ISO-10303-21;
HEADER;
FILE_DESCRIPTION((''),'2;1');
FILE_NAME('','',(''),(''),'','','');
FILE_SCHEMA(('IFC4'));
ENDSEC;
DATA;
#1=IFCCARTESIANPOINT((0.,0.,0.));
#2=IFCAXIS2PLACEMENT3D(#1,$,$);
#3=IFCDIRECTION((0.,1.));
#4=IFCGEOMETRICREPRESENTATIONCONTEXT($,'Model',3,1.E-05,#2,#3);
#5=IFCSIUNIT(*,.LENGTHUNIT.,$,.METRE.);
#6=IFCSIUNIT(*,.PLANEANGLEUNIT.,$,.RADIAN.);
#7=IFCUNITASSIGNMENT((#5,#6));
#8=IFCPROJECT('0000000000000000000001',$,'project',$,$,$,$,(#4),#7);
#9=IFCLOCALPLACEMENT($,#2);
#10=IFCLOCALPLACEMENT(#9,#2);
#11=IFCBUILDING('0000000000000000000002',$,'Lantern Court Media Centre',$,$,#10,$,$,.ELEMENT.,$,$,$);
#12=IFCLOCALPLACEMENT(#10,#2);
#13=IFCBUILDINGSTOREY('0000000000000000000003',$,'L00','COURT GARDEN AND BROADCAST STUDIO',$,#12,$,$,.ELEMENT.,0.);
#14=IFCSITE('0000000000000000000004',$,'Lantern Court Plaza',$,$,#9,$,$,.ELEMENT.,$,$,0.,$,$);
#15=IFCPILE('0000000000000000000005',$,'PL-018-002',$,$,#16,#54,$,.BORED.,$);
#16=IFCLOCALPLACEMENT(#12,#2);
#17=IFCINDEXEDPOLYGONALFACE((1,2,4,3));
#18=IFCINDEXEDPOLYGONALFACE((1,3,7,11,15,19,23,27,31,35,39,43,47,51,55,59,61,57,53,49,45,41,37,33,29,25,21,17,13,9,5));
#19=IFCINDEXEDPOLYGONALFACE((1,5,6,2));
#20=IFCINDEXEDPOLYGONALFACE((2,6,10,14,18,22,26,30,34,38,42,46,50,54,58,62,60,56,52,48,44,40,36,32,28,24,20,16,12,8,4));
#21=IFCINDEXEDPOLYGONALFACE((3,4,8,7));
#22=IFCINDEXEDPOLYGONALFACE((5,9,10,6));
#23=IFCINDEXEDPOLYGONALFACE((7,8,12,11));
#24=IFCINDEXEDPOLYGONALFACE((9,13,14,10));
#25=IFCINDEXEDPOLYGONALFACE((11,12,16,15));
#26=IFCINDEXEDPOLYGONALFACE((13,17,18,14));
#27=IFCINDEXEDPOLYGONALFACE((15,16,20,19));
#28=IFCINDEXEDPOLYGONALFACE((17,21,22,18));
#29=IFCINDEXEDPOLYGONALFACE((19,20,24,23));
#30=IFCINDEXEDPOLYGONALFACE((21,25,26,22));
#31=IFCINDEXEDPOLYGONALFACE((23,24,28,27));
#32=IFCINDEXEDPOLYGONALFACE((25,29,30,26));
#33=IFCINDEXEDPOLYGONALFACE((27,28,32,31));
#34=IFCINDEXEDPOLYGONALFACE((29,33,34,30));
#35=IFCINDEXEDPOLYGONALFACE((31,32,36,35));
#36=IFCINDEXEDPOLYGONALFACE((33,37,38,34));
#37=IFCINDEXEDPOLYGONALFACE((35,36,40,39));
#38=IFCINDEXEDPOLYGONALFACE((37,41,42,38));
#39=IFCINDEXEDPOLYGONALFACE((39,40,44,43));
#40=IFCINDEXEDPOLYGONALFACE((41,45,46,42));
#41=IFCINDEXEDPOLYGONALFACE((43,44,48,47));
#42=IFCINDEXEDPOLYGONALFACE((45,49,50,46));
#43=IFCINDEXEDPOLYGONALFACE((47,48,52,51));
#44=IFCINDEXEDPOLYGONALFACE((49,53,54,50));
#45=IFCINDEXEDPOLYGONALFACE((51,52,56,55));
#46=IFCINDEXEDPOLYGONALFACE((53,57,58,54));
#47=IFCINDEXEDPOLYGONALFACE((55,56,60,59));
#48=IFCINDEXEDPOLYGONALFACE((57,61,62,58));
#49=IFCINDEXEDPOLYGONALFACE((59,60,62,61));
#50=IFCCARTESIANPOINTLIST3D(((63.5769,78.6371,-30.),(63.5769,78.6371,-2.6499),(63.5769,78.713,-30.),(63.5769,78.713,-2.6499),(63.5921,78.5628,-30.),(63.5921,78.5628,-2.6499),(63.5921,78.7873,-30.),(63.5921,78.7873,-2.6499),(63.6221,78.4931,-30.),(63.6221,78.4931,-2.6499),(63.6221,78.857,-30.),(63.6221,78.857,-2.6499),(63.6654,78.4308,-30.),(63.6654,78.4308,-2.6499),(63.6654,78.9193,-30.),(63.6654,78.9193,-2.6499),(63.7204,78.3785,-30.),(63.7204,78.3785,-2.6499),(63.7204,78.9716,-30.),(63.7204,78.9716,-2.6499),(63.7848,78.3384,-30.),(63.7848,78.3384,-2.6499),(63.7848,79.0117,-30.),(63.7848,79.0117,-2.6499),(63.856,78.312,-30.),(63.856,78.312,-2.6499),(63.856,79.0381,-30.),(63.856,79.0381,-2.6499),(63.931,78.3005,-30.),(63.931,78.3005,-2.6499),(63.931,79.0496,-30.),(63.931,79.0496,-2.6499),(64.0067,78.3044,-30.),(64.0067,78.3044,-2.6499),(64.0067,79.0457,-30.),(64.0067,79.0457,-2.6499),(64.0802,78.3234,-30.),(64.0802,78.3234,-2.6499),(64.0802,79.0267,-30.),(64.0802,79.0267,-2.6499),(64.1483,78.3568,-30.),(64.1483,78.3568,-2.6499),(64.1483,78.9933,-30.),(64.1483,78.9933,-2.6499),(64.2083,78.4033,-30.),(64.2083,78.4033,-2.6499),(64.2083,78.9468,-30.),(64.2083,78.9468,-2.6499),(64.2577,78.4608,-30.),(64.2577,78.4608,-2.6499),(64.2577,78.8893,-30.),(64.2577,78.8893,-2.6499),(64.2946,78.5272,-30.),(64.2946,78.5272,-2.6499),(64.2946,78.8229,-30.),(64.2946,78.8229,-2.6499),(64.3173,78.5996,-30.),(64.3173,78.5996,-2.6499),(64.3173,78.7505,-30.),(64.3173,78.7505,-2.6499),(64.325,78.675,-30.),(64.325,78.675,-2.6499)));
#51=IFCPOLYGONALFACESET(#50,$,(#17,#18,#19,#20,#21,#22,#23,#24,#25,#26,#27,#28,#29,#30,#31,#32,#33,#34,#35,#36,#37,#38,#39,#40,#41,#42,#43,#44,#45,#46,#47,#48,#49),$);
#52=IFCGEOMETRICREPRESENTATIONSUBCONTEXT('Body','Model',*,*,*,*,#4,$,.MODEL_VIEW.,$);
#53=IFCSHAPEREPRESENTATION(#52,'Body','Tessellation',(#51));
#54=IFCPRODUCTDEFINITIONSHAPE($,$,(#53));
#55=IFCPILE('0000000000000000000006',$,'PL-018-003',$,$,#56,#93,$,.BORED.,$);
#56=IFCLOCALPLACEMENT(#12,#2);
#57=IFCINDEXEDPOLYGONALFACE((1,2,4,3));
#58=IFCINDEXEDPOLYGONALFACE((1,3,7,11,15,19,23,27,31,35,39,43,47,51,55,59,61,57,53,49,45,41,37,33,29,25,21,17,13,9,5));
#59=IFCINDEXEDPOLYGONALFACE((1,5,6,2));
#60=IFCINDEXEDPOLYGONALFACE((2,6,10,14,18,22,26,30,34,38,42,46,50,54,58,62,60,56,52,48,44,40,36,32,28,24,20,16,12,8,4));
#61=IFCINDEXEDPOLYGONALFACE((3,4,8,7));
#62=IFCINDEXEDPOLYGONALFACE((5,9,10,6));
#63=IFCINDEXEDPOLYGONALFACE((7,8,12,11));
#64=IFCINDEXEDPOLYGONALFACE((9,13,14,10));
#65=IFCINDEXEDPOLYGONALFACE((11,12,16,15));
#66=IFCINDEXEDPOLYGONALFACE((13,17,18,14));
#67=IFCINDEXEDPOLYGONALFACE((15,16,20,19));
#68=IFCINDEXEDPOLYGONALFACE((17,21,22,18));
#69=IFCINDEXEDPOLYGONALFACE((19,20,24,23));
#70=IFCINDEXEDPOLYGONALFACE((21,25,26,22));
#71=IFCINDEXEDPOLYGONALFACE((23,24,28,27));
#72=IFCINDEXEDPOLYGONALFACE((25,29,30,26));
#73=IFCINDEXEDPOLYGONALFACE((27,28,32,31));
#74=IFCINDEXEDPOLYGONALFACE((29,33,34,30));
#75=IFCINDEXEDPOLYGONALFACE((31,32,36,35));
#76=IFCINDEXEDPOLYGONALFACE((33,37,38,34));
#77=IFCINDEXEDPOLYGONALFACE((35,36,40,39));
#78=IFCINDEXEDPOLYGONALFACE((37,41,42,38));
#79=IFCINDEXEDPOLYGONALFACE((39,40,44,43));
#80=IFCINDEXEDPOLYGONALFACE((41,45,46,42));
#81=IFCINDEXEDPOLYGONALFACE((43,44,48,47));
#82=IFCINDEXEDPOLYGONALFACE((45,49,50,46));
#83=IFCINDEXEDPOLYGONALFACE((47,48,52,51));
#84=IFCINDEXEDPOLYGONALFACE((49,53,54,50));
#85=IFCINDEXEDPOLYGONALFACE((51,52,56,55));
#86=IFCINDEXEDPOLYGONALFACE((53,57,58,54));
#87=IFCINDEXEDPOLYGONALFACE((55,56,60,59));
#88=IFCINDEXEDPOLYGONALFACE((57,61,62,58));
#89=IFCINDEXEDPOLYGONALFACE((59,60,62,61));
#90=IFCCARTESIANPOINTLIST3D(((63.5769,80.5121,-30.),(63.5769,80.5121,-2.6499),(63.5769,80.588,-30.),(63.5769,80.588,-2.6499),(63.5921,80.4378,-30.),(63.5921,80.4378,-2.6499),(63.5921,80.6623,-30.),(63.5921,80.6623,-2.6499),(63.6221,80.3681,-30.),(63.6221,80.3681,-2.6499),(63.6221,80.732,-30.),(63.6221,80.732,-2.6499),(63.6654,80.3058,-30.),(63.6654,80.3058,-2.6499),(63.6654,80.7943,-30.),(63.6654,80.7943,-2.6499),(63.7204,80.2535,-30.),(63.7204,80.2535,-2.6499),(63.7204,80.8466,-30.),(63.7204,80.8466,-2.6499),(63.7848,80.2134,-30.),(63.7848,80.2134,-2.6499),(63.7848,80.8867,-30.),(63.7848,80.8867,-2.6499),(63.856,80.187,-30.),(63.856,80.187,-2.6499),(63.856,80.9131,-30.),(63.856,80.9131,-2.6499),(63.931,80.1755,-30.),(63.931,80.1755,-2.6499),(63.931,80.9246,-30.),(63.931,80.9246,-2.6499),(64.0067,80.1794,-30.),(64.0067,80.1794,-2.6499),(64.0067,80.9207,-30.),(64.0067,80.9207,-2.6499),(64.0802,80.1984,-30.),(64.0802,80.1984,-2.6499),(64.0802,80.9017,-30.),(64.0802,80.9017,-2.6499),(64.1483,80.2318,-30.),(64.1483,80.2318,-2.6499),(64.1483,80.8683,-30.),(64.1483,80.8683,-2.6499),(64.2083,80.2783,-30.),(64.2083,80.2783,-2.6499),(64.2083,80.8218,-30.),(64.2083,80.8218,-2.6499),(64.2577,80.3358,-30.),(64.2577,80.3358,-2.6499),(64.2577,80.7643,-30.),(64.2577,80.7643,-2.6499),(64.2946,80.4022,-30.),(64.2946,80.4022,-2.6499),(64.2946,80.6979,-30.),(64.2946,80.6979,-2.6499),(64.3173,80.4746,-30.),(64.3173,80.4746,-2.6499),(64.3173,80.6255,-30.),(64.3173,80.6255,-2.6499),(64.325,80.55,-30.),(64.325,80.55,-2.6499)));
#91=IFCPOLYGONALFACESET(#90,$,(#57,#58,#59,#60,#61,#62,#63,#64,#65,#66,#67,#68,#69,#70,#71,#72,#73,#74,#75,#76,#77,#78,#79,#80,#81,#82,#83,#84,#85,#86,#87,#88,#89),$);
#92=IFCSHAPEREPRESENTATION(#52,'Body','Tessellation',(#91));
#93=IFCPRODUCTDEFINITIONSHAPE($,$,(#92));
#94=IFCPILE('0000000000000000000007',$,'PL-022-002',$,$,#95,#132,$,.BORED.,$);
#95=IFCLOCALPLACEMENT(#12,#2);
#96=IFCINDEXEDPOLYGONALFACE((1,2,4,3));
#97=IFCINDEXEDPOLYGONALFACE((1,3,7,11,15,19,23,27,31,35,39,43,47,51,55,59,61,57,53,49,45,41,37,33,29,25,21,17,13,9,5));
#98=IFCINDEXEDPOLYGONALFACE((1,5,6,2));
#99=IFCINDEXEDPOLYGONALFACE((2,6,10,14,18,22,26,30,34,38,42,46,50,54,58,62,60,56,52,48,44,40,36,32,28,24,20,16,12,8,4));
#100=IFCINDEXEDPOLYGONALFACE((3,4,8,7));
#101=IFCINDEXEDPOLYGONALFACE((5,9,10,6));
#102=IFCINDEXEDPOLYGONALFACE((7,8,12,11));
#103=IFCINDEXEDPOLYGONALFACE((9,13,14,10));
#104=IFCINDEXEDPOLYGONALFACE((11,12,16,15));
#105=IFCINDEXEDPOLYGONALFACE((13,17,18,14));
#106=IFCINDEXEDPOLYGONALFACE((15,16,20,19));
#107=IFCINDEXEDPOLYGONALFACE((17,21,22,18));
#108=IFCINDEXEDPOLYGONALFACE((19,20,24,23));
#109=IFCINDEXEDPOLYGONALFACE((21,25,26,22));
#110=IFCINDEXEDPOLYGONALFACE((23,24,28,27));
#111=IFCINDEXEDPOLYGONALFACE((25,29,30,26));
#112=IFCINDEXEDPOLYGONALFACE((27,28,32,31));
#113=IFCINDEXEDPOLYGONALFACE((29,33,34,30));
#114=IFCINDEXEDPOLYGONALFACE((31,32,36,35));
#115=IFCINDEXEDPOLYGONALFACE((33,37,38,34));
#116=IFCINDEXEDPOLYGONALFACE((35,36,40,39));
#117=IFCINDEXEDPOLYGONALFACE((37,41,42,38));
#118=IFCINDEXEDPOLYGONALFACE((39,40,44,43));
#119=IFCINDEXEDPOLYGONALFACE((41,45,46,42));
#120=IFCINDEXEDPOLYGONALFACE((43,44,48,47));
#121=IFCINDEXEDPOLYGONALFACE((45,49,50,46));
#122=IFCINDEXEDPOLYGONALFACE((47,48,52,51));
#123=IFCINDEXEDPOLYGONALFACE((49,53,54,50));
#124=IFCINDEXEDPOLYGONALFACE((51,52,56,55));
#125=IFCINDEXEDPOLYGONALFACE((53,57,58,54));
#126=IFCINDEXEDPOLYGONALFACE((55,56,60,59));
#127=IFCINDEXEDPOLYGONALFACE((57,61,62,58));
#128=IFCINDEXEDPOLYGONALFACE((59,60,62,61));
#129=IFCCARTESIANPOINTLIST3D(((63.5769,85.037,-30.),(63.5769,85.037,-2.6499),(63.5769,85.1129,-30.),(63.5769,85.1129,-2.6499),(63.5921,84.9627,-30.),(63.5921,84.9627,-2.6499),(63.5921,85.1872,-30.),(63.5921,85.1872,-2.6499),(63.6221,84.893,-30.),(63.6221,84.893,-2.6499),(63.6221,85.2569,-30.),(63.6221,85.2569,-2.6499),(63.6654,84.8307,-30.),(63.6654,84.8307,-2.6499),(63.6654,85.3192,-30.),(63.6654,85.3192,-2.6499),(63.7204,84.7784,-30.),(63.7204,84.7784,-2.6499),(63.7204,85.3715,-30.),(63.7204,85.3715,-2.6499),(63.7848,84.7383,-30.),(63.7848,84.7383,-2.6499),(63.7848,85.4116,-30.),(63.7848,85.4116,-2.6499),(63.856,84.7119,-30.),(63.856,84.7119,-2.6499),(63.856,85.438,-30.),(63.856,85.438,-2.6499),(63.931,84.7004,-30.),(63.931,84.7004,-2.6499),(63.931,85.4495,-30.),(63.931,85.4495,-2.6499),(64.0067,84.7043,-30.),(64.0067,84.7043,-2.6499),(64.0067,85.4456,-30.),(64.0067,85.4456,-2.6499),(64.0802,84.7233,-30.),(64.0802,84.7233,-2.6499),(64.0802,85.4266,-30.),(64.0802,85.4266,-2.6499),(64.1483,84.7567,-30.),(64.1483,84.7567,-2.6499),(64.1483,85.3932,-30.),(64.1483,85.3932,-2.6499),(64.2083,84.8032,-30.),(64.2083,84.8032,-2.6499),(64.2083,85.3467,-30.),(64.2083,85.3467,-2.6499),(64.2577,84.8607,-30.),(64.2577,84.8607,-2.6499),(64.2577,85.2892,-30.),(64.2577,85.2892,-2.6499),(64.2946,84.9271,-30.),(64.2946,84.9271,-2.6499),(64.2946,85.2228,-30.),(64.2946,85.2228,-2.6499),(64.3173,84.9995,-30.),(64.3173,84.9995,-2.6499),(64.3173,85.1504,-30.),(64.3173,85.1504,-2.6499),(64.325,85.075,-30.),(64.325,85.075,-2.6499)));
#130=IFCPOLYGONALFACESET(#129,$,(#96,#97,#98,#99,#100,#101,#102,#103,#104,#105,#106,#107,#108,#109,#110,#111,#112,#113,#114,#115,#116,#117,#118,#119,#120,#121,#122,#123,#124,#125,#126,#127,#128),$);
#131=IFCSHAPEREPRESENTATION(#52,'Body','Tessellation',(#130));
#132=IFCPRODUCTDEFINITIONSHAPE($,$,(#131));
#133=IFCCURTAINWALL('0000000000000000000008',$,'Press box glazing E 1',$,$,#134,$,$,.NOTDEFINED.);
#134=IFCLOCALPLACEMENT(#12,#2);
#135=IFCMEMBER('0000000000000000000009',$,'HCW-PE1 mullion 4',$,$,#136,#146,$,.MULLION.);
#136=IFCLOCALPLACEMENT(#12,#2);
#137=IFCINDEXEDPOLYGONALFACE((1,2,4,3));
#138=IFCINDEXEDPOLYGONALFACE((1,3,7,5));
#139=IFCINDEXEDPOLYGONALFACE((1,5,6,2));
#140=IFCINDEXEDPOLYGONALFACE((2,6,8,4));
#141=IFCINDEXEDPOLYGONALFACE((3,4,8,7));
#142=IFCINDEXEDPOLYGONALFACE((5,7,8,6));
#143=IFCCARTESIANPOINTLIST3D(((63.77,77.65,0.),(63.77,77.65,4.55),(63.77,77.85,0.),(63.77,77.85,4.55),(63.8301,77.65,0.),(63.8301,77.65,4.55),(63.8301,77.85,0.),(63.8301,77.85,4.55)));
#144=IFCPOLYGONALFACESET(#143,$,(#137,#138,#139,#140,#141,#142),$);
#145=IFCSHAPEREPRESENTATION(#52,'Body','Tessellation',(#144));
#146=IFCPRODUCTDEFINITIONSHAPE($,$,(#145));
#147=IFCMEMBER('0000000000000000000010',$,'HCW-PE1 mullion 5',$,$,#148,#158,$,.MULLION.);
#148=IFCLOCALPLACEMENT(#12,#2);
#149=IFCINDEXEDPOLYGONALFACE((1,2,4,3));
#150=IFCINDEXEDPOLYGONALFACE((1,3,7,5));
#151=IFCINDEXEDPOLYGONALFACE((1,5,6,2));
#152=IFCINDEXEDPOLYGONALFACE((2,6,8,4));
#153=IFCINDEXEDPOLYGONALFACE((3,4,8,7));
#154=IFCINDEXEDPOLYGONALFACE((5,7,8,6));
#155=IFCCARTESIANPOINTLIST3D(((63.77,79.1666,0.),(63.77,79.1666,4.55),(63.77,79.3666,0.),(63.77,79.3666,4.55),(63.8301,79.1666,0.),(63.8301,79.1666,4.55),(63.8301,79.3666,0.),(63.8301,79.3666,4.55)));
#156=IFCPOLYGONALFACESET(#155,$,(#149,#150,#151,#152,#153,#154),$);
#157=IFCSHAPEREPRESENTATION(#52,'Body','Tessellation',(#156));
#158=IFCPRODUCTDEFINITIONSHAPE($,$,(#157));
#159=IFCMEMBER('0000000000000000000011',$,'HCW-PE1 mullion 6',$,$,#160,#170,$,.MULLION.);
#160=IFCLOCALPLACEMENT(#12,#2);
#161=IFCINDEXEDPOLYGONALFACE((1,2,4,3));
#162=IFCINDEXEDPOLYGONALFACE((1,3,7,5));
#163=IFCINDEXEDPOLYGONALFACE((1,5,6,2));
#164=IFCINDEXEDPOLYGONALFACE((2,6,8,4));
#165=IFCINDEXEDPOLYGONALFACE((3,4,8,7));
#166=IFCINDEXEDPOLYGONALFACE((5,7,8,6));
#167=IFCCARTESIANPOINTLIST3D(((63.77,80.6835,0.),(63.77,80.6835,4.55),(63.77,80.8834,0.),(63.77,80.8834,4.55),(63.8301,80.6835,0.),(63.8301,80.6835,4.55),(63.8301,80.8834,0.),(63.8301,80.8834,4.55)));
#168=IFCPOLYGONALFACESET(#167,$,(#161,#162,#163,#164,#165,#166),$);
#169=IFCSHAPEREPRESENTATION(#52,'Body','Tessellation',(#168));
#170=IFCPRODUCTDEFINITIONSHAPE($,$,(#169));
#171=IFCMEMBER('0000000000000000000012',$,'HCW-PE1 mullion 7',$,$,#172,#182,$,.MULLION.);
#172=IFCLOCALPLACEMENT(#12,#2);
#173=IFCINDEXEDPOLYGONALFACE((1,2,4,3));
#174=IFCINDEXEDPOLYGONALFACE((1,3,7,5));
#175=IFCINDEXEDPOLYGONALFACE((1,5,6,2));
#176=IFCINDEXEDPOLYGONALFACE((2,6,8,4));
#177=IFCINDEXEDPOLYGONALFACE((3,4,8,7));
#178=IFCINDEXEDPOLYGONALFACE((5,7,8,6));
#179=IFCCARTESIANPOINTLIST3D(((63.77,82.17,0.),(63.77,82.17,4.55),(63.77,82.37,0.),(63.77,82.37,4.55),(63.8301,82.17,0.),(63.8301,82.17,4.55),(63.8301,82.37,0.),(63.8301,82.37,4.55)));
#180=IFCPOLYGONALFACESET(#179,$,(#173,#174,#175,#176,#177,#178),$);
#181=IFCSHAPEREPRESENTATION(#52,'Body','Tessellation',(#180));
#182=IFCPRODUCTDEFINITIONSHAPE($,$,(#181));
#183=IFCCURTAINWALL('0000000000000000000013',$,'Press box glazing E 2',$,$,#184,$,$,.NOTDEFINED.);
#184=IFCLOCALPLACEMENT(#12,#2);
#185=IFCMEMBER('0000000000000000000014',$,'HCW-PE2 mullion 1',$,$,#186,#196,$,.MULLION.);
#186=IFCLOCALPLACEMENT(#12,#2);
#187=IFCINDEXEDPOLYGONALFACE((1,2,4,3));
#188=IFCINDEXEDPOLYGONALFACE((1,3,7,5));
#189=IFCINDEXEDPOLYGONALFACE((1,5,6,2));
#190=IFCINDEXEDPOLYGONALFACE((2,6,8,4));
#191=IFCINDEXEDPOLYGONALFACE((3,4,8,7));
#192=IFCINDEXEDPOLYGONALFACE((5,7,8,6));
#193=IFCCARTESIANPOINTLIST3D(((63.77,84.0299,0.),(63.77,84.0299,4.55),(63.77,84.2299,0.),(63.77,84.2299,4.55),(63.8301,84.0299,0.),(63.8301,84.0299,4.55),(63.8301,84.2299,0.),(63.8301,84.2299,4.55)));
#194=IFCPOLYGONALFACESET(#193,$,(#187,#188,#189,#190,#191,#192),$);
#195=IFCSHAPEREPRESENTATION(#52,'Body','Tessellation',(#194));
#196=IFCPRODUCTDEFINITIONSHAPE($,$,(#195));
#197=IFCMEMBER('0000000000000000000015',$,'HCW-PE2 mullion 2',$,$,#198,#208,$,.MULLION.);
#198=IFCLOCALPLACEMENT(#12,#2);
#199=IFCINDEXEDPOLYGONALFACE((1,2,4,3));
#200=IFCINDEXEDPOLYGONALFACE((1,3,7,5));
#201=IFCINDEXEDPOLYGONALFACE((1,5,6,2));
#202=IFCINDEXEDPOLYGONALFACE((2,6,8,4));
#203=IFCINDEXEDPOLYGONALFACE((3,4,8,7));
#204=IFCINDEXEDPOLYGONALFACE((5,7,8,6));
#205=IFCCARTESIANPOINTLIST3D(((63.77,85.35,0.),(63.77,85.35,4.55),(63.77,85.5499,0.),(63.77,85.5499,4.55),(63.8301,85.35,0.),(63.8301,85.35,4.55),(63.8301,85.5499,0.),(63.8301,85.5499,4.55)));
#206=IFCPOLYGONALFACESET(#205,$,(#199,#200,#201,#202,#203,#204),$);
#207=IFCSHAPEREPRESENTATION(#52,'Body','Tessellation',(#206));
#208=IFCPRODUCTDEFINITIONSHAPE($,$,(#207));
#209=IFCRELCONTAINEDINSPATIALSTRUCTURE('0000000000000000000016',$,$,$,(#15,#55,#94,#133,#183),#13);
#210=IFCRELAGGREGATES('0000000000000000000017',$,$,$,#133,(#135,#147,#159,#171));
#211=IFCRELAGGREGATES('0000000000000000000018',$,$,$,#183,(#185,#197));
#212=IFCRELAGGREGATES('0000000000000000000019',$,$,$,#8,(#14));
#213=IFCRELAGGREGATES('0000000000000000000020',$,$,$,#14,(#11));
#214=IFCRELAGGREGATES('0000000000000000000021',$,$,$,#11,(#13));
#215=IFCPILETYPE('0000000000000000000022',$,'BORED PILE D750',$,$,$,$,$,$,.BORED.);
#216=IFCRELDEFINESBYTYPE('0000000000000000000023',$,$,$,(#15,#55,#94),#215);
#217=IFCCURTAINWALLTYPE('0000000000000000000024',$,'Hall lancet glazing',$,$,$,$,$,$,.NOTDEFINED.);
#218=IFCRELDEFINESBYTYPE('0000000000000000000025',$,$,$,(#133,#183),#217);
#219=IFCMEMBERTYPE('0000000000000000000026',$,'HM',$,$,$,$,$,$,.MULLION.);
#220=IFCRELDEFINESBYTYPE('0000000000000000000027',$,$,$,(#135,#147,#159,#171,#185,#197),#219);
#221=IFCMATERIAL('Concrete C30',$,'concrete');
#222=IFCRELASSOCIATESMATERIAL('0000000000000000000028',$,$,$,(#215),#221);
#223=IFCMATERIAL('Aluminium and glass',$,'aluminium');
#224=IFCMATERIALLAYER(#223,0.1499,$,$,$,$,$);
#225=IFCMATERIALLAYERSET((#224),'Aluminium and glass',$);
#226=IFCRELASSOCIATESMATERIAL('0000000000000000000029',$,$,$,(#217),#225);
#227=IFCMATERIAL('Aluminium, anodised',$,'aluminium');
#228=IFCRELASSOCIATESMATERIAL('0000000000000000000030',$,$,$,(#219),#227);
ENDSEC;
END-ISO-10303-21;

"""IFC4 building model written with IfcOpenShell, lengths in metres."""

from ifc_helpers import new_model, si_unit, direction, frame, origin, origin_2d, place, context, subcontext, project, spatial, rectangle, circle, extrude, material, layer, layer_set, material_profile, profile_set, type_object, element, aggregate, save


model = new_model("IFC4")

# Units and contexts
model_context = context("Model", 3, precision=1e-05, world=origin(), true_north=direction((0.0, 1.0)))
body_context = subcontext(model_context, "Body", "Model", "MODEL_VIEW")
ifc_project = project(units=[si_unit("LENGTHUNIT", "METRE"), si_unit("PLANEANGLEUNIT", "RADIAN")], contexts=[model_context])

# Site, building, storey
site_placement = place(None, origin())
site = spatial("IfcSite", under=ifc_project, at=site_placement, Name="Lantern Court Plaza", CompositionType="ELEMENT", RefElevation=0.0)
building_placement = place(site_placement, origin())
building = spatial("IfcBuilding", under=site, at=building_placement, Name="Lantern Court Media Centre", CompositionType="ELEMENT")
storey_placement = place(building_placement, origin())
storey = spatial("IfcBuildingStorey", under=building, at=storey_placement, Name="L00", Description="COURT GARDEN AND BROADCAST STUDIO", CompositionType="ELEMENT", Elevation=0.0)

# Piles
ifc_material_1 = material(Name="Concrete C30", Category="concrete")
ifc_material_profile_1 = material_profile(ifc_material_1, circle(Radius=0.375, at=origin_2d()), Name="D750")
ifc_profile_set_1 = profile_set([ifc_material_profile_1], Name="Concrete C30")
pile_type = type_object("IfcPileType", Name="BORED PILE D750", PredefinedType="BORED", material=ifc_profile_set_1)
for number, where, z_axis, x_axis, name in (
    (1, (63.95, 78.675, -2.6499), (0.0, 0.0, -1.0), (1.0, 0.0, 0.0), "PL-018-002"),
    (2, (63.95, 80.55, -2.6499), (0.0, 0.0, -1.0), (1.0, 0.0, 0.0), "PL-018-003"),
    (3, (63.95, 85.075, -2.6499), (0.0, 0.0, -1.0), (1.0, 0.0, 0.0), "PL-022-002"),
):
    element("IfcPile", number, at=place(storey_placement, frame(where, z_axis=z_axis, x_axis=x_axis)), inside=storey, type_object=pile_type, Name=name, PredefinedType="BORED", context=body_context, shape_type="SweptSolid", body=[
        extrude(circle(Radius=0.375, at=origin_2d()), origin(), (0.0, 0.0, 1.0), 27.3501),
    ])

# Curtain walls, members
ifc_material_2 = material(Name="Aluminium and glass", Category="aluminium")
ifc_layer_1 = layer(ifc_material_2, 0.1499)
ifc_layer_set_1 = layer_set([ifc_layer_1], Name="Aluminium and glass")
curtain_wall_type = type_object("IfcCurtainWallType", Name="Hall lancet glazing", PredefinedType="NOTDEFINED", material=ifc_layer_set_1)
curtain_wall_1_placement = place(storey_placement, origin())
curtain_wall_1 = element("IfcCurtainWall", 4, at=curtain_wall_1_placement, inside=storey, type_object=curtain_wall_type, Name="Press box glazing E 1", PredefinedType="NOTDEFINED")
ifc_material_3 = material(Name="Aluminium, anodised", Category="aluminium")
ifc_material_profile_2 = material_profile(ifc_material_3, rectangle(XDim=0.0601, YDim=0.2, at=origin_2d()), Name="HM")
ifc_profile_set_2 = profile_set([ifc_material_profile_2], Name="Aluminium, anodised")
member_type_1 = type_object("IfcMemberType", Name="HM", PredefinedType="MULLION", material=ifc_profile_set_2)
member_1_placement = place(storey_placement, frame((63.8, 77.75, 0.0), z_axis=(0.0, 0.0, 1.0), x_axis=(-1.0, 0.0, 0.0)))
member_1 = element("IfcMember", 5, at=member_1_placement, type_object=member_type_1, Name="HCW-PE1 mullion 4", PredefinedType="MULLION", context=body_context, shape_type="SweptSolid", body=[
    extrude(rectangle(XDim=0.0601, YDim=0.2, at=origin_2d()), origin(), (0.0, 0.0, 1.0), 4.55),
])
member_2_placement = place(storey_placement, frame((63.8, 79.2666, 0.0), z_axis=(0.0, 0.0, 1.0), x_axis=(-1.0, 0.0, 0.0)))
member_2 = element("IfcMember", 6, at=member_2_placement, type_object=member_type_1, Name="HCW-PE1 mullion 5", PredefinedType="MULLION", context=body_context, shape_type="SweptSolid", body=[
    extrude(rectangle(XDim=0.0601, YDim=0.2, at=origin_2d()), origin(), (0.0, 0.0, 1.0), 4.55),
])
member_3_placement = place(storey_placement, frame((63.8, 80.7834, 0.0), z_axis=(0.0, 0.0, 1.0), x_axis=(-1.0, 0.0, 0.0)))
member_3 = element("IfcMember", 7, at=member_3_placement, type_object=member_type_1, Name="HCW-PE1 mullion 6", PredefinedType="MULLION", context=body_context, shape_type="SweptSolid", body=[
    extrude(rectangle(XDim=0.0601, YDim=0.2, at=origin_2d()), origin(), (0.0, 0.0, 1.0), 4.55),
])
member_4_placement = place(storey_placement, frame((63.8, 82.27, 0.0), z_axis=(0.0, 0.0, 1.0), x_axis=(-1.0, 0.0, 0.0)))
member_4 = element("IfcMember", 8, at=member_4_placement, type_object=member_type_1, Name="HCW-PE1 mullion 7", PredefinedType="MULLION", context=body_context, shape_type="SweptSolid", body=[
    extrude(rectangle(XDim=0.0601, YDim=0.2, at=origin_2d()), origin(), (0.0, 0.0, 1.0), 4.55),
])
curtain_wall_2_placement = place(storey_placement, origin())
curtain_wall_2 = element("IfcCurtainWall", 9, at=curtain_wall_2_placement, inside=storey, type_object=curtain_wall_type, Name="Press box glazing E 2", PredefinedType="NOTDEFINED")
member_5_placement = place(storey_placement, frame((63.8, 84.1299, 0.0), z_axis=(0.0, 0.0, 1.0), x_axis=(-1.0, 0.0, 0.0)))
member_5 = element("IfcMember", 10, at=member_5_placement, type_object=member_type_1, Name="HCW-PE2 mullion 1", PredefinedType="MULLION", context=body_context, shape_type="SweptSolid", body=[
    extrude(rectangle(XDim=0.0601, YDim=0.2, at=origin_2d()), origin(), (0.0, 0.0, 1.0), 4.55),
])
member_6_placement = place(storey_placement, frame((63.8, 85.45, 0.0), z_axis=(0.0, 0.0, 1.0), x_axis=(-1.0, 0.0, 0.0)))
member_6 = element("IfcMember", 11, at=member_6_placement, type_object=member_type_1, Name="HCW-PE2 mullion 2", PredefinedType="MULLION", context=body_context, shape_type="SweptSolid", body=[
    extrude(rectangle(XDim=0.0601, YDim=0.2, at=origin_2d()), origin(), (0.0, 0.0, 1.0), 4.55),
])

aggregate(curtain_wall_1, [member_1, member_2, member_3, member_4])
aggregate(curtain_wall_2, [member_5, member_6])

save(model, "model.ifc")
